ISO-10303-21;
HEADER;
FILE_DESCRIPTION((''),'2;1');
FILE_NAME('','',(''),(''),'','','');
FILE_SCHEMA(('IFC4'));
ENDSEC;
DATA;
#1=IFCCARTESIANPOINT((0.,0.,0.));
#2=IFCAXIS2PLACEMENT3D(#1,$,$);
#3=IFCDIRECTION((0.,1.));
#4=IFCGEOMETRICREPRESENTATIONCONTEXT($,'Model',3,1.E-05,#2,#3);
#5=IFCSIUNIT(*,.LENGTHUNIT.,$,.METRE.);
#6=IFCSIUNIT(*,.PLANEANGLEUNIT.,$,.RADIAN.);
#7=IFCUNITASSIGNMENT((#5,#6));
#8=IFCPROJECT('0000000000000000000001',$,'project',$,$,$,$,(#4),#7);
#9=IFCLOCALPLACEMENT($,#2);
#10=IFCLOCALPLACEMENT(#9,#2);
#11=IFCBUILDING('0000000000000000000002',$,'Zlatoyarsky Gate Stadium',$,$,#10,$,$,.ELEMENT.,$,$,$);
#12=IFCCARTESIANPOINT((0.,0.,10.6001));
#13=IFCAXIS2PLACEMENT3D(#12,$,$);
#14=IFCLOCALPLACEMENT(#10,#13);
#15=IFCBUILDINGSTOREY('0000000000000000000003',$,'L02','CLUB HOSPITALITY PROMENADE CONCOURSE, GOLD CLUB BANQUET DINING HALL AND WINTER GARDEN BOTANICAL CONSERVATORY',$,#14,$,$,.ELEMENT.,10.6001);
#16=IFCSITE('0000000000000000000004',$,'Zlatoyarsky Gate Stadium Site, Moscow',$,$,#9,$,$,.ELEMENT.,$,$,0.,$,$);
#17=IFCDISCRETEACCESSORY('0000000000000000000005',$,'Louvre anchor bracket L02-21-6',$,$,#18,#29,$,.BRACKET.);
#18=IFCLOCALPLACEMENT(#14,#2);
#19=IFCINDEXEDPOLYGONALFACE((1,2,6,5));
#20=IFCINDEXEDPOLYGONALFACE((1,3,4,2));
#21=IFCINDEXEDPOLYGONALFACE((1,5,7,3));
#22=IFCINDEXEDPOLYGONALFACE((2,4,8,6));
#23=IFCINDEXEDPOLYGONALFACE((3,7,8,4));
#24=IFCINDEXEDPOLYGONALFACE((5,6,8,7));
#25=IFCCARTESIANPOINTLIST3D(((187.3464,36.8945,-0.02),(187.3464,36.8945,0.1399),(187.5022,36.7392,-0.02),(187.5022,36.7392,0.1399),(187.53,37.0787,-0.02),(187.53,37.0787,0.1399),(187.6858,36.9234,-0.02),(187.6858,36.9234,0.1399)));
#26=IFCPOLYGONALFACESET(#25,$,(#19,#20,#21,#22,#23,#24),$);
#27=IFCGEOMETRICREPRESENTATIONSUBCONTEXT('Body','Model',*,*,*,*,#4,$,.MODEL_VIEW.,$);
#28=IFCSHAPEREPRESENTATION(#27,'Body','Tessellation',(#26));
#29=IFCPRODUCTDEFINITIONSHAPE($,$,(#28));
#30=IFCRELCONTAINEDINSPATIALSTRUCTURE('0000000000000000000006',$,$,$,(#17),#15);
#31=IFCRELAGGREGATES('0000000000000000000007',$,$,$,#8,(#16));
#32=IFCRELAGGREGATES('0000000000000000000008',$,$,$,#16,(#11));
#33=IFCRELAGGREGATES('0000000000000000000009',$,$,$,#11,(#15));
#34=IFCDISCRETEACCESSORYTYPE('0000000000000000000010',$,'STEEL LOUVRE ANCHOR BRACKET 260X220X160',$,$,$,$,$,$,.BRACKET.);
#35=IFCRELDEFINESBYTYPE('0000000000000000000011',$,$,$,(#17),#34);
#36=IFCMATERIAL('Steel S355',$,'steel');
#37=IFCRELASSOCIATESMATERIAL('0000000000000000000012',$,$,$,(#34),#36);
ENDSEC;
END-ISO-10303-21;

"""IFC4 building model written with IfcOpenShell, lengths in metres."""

from ifc_helpers import new_model, si_unit, direction, frame, origin, origin_2d, place, context, subcontext, project, spatial, rectangle, extrude, material, type_object, element, save


model = new_model("IFC4")

# Units and contexts
model_context = context("Model", 3, precision=1e-05, world=origin(), true_north=direction((0.0, 1.0)))
body_context = subcontext(model_context, "Body", "Model", "MODEL_VIEW")
ifc_project = project(units=[si_unit("LENGTHUNIT", "METRE"), si_unit("PLANEANGLEUNIT", "RADIAN")], contexts=[model_context])

# Site, building, storey
site_placement = place(None, origin())
site = spatial("IfcSite", under=ifc_project, at=site_placement, Name="Zlatoyarsky Gate Stadium Site, Moscow", CompositionType="ELEMENT", RefElevation=0.0)
building_placement = place(site_placement, origin())
building = spatial("IfcBuilding", under=site, at=building_placement, Name="Zlatoyarsky Gate Stadium", CompositionType="ELEMENT")
storey_placement = place(building_placement, frame((0.0, 0.0, 10.6001)))
storey = spatial("IfcBuildingStorey", under=building, at=storey_placement, Name="L02", Description="CLUB HOSPITALITY PROMENADE CONCOURSE, GOLD CLUB BANQUET DINING HALL AND WINTER GARDEN BOTANICAL CONSERVATORY", CompositionType="ELEMENT", Elevation=10.6001)

# Discrete accessory
ifc_material_1 = material(Name="Steel S355", Category="steel")
discrete_accessory_type = type_object("IfcDiscreteAccessoryType", Name="STEEL LOUVRE ANCHOR BRACKET 260X220X160", PredefinedType="BRACKET", material=ifc_material_1)
discrete_accessory_placement = place(storey_placement, frame((187.5161, 36.9089, -0.02), z_axis=(0.0, 0.0, 1.0), x_axis=(0.705939, 0.708272, 0.0)))
element("IfcDiscreteAccessory", 1, at=discrete_accessory_placement, inside=storey, type_object=discrete_accessory_type, Name="Louvre anchor bracket L02-21-6", PredefinedType="BRACKET", context=body_context, shape_type="SweptSolid", body=[
    extrude(rectangle(XDim=0.26, YDim=0.22, at=origin_2d()), origin(), (0.0, 0.0, 1.0), 0.1599),
])

save(model, "model.ifc")
